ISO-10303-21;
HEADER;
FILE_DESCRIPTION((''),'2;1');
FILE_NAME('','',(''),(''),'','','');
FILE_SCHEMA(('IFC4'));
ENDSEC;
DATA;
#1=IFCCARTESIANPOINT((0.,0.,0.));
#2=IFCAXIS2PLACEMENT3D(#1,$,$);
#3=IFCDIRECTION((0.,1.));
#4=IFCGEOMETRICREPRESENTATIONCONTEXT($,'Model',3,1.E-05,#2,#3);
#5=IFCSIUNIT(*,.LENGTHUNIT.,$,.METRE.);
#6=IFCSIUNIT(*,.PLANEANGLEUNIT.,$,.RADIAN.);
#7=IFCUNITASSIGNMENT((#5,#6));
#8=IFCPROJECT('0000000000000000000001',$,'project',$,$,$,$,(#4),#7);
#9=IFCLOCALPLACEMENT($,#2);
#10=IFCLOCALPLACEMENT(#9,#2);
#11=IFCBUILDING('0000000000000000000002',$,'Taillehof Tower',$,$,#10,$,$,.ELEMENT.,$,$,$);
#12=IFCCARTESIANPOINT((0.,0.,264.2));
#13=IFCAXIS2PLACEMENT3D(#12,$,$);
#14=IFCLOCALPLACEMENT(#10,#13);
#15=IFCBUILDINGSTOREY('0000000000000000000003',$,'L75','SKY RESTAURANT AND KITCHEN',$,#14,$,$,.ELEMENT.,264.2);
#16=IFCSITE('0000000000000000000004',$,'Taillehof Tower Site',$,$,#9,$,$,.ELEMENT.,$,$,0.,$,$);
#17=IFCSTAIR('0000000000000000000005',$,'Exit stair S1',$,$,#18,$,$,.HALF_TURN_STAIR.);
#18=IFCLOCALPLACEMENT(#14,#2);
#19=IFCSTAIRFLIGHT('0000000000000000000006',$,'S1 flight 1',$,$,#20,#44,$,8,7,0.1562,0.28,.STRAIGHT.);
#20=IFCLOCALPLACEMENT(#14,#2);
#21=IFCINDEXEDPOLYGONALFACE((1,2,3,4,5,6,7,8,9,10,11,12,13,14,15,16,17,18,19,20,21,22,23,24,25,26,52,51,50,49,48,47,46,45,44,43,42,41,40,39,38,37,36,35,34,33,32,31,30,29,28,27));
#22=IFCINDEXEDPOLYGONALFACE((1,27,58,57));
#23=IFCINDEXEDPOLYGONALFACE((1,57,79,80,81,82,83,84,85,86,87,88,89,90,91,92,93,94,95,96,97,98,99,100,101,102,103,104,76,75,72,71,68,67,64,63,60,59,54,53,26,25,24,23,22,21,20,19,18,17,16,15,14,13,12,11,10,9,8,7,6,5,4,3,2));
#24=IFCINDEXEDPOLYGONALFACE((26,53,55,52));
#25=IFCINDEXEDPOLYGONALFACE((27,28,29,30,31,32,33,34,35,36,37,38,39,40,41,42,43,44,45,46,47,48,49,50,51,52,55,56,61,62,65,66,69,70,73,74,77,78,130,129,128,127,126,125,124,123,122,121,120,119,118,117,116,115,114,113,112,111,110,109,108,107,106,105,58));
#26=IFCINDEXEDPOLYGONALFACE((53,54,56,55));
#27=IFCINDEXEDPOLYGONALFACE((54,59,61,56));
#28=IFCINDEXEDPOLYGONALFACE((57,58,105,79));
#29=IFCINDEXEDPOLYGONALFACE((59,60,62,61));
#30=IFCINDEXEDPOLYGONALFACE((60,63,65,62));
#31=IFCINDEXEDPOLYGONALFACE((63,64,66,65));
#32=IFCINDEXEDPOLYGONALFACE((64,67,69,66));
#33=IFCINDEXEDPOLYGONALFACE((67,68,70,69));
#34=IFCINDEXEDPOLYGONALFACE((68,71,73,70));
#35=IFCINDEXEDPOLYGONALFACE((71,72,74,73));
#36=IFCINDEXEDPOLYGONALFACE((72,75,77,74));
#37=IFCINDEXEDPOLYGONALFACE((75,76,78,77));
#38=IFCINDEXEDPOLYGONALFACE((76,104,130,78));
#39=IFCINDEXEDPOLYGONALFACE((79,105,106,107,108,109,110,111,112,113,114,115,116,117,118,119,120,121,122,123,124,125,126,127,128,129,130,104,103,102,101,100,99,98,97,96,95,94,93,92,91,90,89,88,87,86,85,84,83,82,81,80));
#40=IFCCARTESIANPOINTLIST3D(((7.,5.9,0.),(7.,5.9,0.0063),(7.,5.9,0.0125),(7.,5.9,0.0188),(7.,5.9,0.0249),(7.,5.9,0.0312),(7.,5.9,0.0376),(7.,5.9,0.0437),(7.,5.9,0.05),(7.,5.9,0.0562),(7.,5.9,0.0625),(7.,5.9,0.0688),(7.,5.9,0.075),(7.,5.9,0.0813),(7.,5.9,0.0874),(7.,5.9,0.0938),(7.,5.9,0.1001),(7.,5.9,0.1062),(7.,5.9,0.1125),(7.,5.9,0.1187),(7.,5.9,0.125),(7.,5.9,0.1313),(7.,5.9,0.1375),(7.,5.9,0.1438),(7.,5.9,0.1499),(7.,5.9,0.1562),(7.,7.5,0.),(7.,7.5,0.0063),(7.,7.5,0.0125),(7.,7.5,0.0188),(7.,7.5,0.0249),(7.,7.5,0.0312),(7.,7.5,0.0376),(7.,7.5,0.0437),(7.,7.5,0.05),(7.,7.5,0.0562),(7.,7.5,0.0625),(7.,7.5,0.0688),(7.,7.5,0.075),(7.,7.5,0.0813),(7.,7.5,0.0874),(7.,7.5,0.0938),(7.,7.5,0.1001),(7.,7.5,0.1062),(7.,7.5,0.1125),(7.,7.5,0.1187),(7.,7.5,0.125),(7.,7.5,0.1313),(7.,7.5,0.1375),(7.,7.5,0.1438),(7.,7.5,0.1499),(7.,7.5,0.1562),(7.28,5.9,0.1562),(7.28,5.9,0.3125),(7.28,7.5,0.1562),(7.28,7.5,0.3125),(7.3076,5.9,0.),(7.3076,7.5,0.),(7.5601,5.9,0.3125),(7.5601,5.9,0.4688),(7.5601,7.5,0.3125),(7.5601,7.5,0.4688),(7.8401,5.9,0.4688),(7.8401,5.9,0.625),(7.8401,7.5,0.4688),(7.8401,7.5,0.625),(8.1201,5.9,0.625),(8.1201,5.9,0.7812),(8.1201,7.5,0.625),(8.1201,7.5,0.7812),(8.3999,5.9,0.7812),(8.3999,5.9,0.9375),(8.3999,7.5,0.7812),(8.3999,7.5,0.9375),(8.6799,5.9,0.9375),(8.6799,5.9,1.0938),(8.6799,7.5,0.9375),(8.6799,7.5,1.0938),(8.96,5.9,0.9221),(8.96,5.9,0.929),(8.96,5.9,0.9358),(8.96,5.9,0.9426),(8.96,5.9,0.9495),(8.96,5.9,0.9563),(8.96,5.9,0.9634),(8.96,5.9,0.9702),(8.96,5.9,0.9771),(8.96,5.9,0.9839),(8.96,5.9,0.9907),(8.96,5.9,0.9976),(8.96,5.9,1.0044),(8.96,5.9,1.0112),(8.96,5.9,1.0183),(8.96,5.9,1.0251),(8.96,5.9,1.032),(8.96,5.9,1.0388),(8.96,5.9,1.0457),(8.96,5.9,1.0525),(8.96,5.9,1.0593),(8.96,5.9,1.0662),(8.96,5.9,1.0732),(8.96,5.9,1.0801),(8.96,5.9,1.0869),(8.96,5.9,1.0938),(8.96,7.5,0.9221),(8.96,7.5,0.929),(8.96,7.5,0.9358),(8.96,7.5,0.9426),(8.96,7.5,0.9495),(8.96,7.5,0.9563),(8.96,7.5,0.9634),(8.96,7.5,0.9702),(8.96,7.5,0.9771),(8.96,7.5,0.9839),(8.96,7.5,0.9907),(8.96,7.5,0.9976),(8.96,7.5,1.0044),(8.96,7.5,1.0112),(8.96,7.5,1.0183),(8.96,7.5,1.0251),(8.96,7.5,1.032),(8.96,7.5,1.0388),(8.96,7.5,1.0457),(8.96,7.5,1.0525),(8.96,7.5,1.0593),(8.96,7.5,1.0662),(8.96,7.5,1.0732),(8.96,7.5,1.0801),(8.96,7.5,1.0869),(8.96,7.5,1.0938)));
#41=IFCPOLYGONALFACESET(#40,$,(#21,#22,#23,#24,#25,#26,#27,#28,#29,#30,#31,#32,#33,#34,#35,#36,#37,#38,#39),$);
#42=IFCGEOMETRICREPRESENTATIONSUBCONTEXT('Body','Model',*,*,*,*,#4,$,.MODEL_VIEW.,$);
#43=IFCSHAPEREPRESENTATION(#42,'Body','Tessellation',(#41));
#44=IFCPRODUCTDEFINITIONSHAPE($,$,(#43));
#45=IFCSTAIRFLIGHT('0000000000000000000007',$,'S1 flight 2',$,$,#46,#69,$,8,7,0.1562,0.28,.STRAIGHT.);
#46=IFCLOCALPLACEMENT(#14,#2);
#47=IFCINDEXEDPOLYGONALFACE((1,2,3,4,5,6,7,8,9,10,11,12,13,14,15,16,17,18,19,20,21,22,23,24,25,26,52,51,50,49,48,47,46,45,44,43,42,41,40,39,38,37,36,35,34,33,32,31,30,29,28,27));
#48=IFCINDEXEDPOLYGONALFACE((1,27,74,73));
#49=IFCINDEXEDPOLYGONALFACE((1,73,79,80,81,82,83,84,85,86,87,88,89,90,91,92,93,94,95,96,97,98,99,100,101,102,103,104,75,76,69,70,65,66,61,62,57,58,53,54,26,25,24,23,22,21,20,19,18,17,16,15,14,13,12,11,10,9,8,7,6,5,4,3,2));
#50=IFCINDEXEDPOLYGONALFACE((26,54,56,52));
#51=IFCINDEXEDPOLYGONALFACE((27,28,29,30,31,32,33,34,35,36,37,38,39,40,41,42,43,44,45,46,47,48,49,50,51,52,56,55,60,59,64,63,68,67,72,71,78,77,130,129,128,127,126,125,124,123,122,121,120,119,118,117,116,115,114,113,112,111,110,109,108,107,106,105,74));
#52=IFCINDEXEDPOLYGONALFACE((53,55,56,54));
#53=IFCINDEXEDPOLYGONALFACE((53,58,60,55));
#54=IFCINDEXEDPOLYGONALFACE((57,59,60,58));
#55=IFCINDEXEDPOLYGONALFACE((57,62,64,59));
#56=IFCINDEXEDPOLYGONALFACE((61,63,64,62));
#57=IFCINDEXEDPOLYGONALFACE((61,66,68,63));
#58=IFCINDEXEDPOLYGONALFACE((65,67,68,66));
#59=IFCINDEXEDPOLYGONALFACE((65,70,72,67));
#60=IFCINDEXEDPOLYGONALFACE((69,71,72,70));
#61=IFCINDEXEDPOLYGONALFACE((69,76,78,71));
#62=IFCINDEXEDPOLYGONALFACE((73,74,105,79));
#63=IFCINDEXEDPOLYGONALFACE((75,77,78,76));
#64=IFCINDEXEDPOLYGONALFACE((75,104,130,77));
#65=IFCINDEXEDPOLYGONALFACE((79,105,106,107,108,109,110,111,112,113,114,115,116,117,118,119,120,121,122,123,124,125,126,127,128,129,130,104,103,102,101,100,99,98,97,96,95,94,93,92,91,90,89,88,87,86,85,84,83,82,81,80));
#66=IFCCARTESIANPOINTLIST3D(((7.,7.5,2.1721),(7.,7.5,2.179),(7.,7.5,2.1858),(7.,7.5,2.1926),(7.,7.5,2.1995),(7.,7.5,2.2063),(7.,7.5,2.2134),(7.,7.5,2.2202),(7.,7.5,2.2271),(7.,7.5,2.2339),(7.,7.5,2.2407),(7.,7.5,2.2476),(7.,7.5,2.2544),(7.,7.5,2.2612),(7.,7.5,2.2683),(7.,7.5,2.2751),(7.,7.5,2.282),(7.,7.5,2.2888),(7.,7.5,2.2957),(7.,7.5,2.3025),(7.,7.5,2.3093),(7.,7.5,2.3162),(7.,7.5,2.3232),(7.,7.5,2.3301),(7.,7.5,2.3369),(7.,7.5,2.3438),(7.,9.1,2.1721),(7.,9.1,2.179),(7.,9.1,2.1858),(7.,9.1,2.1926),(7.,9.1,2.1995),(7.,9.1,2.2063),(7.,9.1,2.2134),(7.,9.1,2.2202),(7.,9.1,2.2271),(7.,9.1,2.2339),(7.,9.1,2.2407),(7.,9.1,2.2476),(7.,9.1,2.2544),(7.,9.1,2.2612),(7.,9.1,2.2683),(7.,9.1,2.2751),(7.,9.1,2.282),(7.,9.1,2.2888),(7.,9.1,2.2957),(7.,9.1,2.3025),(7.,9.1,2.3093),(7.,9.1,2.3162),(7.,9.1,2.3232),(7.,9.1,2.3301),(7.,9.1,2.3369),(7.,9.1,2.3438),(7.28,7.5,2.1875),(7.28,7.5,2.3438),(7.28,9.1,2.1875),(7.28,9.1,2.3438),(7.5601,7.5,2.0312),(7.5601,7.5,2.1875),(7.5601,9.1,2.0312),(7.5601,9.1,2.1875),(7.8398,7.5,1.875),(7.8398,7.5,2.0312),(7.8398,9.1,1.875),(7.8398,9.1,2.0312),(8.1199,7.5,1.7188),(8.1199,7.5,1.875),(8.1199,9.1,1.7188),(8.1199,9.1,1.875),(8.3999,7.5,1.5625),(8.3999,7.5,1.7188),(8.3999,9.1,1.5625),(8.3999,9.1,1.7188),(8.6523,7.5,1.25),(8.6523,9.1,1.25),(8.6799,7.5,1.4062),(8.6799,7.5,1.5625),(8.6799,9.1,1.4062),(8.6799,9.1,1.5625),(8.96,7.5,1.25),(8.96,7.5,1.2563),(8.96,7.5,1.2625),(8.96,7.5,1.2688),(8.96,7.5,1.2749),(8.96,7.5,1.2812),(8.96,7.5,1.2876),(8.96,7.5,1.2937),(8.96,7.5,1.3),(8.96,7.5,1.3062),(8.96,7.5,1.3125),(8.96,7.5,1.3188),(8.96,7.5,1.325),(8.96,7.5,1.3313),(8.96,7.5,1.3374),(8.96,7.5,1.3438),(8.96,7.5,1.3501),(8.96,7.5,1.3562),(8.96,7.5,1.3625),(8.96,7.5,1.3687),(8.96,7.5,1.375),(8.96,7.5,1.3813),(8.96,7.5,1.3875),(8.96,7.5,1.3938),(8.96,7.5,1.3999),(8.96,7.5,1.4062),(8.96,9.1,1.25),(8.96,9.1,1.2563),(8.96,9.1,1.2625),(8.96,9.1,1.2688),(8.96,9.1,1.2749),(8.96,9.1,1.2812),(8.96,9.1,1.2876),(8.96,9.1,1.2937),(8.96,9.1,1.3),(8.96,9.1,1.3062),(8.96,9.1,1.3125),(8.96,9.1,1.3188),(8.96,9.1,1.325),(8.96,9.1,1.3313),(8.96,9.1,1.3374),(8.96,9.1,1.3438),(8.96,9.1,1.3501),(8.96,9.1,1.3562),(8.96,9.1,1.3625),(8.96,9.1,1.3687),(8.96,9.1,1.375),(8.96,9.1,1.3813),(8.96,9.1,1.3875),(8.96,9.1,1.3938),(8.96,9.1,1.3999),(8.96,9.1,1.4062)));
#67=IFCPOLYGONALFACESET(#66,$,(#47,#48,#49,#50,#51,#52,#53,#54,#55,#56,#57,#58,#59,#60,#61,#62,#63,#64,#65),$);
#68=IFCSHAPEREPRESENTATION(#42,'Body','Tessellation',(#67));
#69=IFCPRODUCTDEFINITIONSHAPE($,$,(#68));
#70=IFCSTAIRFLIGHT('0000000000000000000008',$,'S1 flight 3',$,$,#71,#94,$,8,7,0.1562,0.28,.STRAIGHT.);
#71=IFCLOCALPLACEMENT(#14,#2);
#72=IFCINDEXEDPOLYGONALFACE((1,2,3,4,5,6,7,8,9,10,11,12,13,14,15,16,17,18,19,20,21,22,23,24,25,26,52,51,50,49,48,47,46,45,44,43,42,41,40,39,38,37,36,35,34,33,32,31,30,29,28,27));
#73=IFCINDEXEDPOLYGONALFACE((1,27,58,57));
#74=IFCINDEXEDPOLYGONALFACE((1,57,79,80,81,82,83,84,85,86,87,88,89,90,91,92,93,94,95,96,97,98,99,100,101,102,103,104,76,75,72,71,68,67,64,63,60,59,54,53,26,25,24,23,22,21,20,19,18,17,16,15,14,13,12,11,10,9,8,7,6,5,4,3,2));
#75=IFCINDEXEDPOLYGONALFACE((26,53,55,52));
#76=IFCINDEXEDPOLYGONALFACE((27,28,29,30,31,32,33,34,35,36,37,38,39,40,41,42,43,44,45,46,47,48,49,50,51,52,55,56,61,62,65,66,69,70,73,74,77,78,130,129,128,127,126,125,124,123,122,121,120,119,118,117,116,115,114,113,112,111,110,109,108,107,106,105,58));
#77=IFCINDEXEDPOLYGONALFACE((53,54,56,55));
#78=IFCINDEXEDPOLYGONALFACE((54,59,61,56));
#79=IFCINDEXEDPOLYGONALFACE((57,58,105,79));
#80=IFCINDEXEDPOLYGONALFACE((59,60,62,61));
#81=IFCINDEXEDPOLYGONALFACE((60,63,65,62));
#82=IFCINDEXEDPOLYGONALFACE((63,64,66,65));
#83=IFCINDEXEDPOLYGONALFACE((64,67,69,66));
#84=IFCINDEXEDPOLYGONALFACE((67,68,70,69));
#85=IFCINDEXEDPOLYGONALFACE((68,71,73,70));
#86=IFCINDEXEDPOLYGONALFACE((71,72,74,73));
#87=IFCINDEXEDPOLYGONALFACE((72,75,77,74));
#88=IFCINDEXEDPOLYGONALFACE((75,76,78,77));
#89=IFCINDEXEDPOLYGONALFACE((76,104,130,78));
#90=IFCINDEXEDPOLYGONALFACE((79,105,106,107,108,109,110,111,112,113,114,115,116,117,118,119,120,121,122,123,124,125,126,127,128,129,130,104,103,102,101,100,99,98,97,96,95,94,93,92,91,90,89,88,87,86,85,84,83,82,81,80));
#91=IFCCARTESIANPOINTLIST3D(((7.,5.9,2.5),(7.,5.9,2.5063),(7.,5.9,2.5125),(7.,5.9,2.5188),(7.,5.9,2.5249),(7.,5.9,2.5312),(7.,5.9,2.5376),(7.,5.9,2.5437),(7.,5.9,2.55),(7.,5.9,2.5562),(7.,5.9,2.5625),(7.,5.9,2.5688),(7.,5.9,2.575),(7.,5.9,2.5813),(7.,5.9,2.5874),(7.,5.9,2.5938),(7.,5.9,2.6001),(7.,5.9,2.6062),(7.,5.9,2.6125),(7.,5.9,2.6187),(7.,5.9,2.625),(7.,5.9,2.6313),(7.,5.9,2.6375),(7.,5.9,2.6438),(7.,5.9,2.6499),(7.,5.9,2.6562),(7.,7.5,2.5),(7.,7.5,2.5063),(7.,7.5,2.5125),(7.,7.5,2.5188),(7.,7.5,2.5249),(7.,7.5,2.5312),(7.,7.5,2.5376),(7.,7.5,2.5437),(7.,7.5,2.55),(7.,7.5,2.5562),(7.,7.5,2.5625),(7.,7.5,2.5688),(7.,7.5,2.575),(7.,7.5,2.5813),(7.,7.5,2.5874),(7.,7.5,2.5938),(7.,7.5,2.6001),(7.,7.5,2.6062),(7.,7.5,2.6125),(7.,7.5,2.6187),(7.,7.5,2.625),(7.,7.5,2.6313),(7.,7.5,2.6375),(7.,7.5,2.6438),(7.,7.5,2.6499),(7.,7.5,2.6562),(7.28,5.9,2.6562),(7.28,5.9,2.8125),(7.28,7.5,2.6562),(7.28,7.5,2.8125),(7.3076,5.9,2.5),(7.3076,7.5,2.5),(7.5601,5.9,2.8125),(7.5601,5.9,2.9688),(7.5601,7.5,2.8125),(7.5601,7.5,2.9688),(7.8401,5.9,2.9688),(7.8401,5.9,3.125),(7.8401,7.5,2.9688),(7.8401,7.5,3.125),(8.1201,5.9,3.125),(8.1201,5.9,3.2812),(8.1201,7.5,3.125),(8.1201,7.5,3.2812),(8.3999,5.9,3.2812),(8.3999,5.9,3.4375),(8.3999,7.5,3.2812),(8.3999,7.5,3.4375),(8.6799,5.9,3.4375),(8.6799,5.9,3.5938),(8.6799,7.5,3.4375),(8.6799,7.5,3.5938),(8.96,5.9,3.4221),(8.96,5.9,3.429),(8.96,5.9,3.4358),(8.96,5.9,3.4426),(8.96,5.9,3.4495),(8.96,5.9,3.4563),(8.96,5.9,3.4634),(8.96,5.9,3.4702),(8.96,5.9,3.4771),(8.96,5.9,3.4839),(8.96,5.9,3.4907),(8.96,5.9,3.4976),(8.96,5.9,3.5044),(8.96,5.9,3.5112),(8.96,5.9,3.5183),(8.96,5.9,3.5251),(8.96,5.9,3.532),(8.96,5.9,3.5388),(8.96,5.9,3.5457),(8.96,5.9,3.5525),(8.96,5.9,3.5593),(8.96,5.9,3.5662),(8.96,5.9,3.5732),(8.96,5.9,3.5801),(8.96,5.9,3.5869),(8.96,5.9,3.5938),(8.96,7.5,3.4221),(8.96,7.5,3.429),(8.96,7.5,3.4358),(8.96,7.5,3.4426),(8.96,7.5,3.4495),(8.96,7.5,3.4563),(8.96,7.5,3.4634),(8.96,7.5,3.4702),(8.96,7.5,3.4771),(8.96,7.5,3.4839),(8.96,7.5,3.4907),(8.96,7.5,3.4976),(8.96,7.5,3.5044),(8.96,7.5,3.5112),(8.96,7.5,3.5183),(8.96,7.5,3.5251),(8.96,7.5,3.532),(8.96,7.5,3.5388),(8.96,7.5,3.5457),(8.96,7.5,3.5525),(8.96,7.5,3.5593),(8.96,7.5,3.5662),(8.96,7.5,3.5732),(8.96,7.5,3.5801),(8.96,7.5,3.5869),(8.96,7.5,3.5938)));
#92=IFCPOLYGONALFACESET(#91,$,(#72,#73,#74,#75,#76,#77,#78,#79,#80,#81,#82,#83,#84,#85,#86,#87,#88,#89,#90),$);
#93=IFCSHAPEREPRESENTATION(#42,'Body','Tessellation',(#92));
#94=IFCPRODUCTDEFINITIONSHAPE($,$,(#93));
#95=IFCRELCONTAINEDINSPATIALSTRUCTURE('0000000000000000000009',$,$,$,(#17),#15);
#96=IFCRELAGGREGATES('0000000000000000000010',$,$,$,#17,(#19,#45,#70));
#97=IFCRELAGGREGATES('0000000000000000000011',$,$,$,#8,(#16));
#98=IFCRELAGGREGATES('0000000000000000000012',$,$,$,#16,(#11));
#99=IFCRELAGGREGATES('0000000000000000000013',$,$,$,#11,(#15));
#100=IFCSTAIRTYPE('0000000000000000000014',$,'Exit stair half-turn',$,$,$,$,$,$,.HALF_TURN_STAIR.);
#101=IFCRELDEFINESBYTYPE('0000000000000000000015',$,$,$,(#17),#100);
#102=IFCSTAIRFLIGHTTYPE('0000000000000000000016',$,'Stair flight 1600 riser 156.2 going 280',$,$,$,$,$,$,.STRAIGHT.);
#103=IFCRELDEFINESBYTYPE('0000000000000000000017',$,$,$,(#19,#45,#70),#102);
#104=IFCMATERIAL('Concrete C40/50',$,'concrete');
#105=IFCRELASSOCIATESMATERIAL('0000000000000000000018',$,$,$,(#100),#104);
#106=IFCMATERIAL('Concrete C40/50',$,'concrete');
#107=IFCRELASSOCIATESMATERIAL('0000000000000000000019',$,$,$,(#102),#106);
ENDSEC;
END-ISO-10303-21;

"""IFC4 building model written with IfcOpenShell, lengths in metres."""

from ifc_helpers import new_model, si_unit, direction, frame, origin, place, context, subcontext, project, spatial, polyline, outline, extrude, material, type_object, element, aggregate, save


model = new_model("IFC4")

# Units and contexts
model_context = context("Model", 3, precision=1e-05, world=origin(), true_north=direction((0.0, 1.0)))
body_context = subcontext(model_context, "Body", "Model", "MODEL_VIEW")
ifc_project = project(units=[si_unit("LENGTHUNIT", "METRE"), si_unit("PLANEANGLEUNIT", "RADIAN")], contexts=[model_context])

# Site, building, storey
site_placement = place(None, origin())
site = spatial("IfcSite", under=ifc_project, at=site_placement, Name="Taillehof Tower Site", CompositionType="ELEMENT", RefElevation=0.0)
building_placement = place(site_placement, origin())
building = spatial("IfcBuilding", under=site, at=building_placement, Name="Taillehof Tower", CompositionType="ELEMENT")
storey_placement = place(building_placement, frame((0.0, 0.0, 264.2)))
storey = spatial("IfcBuildingStorey", under=building, at=storey_placement, Name="L75", Description="SKY RESTAURANT AND KITCHEN", CompositionType="ELEMENT", Elevation=264.2)

# Stair, stair flights
ifc_material_1 = material(Name="Concrete C40/50", Category="concrete")
stair_type = type_object("IfcStairType", Name="Exit stair half-turn", PredefinedType="HALF_TURN_STAIR", material=ifc_material_1)
stair_placement = place(storey_placement, origin())
stair = element("IfcStair", 1, at=stair_placement, inside=storey, type_object=stair_type, Name="Exit stair S1", PredefinedType="HALF_TURN_STAIR")
ifc_material_2 = material(Name="Concrete C40/50", Category="concrete")
stair_flight_type = type_object("IfcStairFlightType", Name="Stair flight 1600 riser 156.2 going 280", PredefinedType="STRAIGHT", material=ifc_material_2)
stair_flight_1_placement = place(storey_placement, frame((7.0, 6.7, 0.0), z_axis=(0.0, 0.0, 1.0), x_axis=(1.0, 0.0, 0.0)))
stair_flight_1 = element("IfcStairFlight", 2, at=stair_flight_1_placement, type_object=stair_flight_type, Name="S1 flight 1", NumberOfRisers=8, NumberOfTreads=7, PredefinedType="STRAIGHT", RiserHeight=0.1562, TreadLength=0.28, context=body_context, shape_type="SweptSolid", body=[
    extrude(outline(polyline([(0.0, 0.0), (0.0, 0.0063), (0.0, 0.0125), (0.0, 0.0188), (0.0, 0.0249), (0.0, 0.0312), (0.0, 0.0376), (0.0, 0.0437), (0.0, 0.05), (0.0, 0.0562), (0.0, 0.0625), (0.0, 0.0688), (0.0, 0.075), (0.0, 0.0813), (0.0, 0.0874), (0.0, 0.0938), (0.0, 0.1001), (0.0, 0.1062), (0.0, 0.1125), (0.0, 0.1187), (0.0, 0.125), (0.0, 0.1313), (0.0, 0.1375), (0.0, 0.1438), (0.0, 0.1499), (0.0, 0.1562), (0.28, 0.1562), (0.28, 0.3125), (0.5601, 0.3125), (0.5601, 0.4688), (0.8401, 0.4688), (0.8401, 0.625), (1.1201, 0.625), (1.1201, 0.7812), (1.3999, 0.7812), (1.3999, 0.9375), (1.6799, 0.9375), (1.6799, 1.0938), (1.96, 1.0938), (1.96, 1.0869), (1.96, 1.0801), (1.96, 1.0732), (1.96, 1.0662), (1.96, 1.0593), (1.96, 1.0525), (1.96, 1.0457), (1.96, 1.0388), (1.96, 1.032), (1.96, 1.0251), (1.96, 1.0183), (1.96, 1.0112), (1.96, 1.0044), (1.96, 0.9976), (1.96, 0.9907), (1.96, 0.9839), (1.96, 0.9771), (1.96, 0.9702), (1.96, 0.9634), (1.96, 0.9563), (1.96, 0.9495), (1.96, 0.9426), (1.96, 0.9358), (1.96, 0.929), (1.96, 0.9221), (0.3076, 0.0), (0.0, 0.0)])), frame((0.0, 0.8, 0.0), z_axis=(0.0, -1.0, 0.0), x_axis=(1.0, 0.0, 0.0)), (0.0, 0.0, 1.0), 1.6),
])
stair_flight_2_placement = place(storey_placement, frame((8.96, 8.3, 1.25), z_axis=(0.0, 0.0, 1.0), x_axis=(-1.0, 0.0, 0.0)))
stair_flight_2 = element("IfcStairFlight", 3, at=stair_flight_2_placement, type_object=stair_flight_type, Name="S1 flight 2", NumberOfRisers=8, NumberOfTreads=7, PredefinedType="STRAIGHT", RiserHeight=0.1562, TreadLength=0.28, context=body_context, shape_type="SweptSolid", body=[
    extrude(outline(polyline([(0.0, 0.0), (0.0, 0.0063), (0.0, 0.0125), (0.0, 0.0188), (0.0, 0.0249), (0.0, 0.0312), (0.0, 0.0376), (0.0, 0.0437), (0.0, 0.05), (0.0, 0.0562), (0.0, 0.0625), (0.0, 0.0688), (0.0, 0.075), (0.0, 0.0813), (0.0, 0.0874), (0.0, 0.0938), (0.0, 0.1001), (0.0, 0.1062), (0.0, 0.1125), (0.0, 0.1187), (0.0, 0.125), (0.0, 0.1313), (0.0, 0.1375), (0.0, 0.1438), (0.0, 0.1499), (0.0, 0.1562), (0.28, 0.1562), (0.28, 0.3125), (0.5601, 0.3125), (0.5601, 0.4688), (0.8401, 0.4688), (0.8401, 0.625), (1.1201, 0.625), (1.1201, 0.7812), (1.3999, 0.7812), (1.3999, 0.9375), (1.6799, 0.9375), (1.6799, 1.0938), (1.96, 1.0938), (1.96, 1.0869), (1.96, 1.0801), (1.96, 1.0732), (1.96, 1.0662), (1.96, 1.0593), (1.96, 1.0525), (1.96, 1.0457), (1.96, 1.0388), (1.96, 1.032), (1.96, 1.0251), (1.96, 1.0183), (1.96, 1.0112), (1.96, 1.0044), (1.96, 0.9976), (1.96, 0.9907), (1.96, 0.9839), (1.96, 0.9771), (1.96, 0.9702), (1.96, 0.9634), (1.96, 0.9563), (1.96, 0.9495), (1.96, 0.9426), (1.96, 0.9358), (1.96, 0.929), (1.96, 0.9221), (0.3076, 0.0), (0.0, 0.0)])), frame((0.0, 0.8, 0.0), z_axis=(0.0, -1.0, 0.0), x_axis=(1.0, 0.0, 0.0)), (0.0, 0.0, 1.0), 1.6),
])
stair_flight_3_placement = place(storey_placement, frame((7.0, 6.7, 2.5), z_axis=(0.0, 0.0, 1.0), x_axis=(1.0, 0.0, 0.0)))
stair_flight_3 = element("IfcStairFlight", 4, at=stair_flight_3_placement, type_object=stair_flight_type, Name="S1 flight 3", NumberOfRisers=8, NumberOfTreads=7, PredefinedType="STRAIGHT", RiserHeight=0.1562, TreadLength=0.28, context=body_context, shape_type="SweptSolid", body=[
    extrude(outline(polyline([(0.0, 0.0), (0.0, 0.0063), (0.0, 0.0125), (0.0, 0.0188), (0.0, 0.0249), (0.0, 0.0312), (0.0, 0.0376), (0.0, 0.0437), (0.0, 0.05), (0.0, 0.0562), (0.0, 0.0625), (0.0, 0.0688), (0.0, 0.075), (0.0, 0.0813), (0.0, 0.0874), (0.0, 0.0938), (0.0, 0.1001), (0.0, 0.1062), (0.0, 0.1125), (0.0, 0.1187), (0.0, 0.125), (0.0, 0.1313), (0.0, 0.1375), (0.0, 0.1438), (0.0, 0.1499), (0.0, 0.1562), (0.28, 0.1562), (0.28, 0.3125), (0.5601, 0.3125), (0.5601, 0.4688), (0.8401, 0.4688), (0.8401, 0.625), (1.1201, 0.625), (1.1201, 0.7812), (1.3999, 0.7812), (1.3999, 0.9375), (1.6799, 0.9375), (1.6799, 1.0938), (1.96, 1.0938), (1.96, 1.0869), (1.96, 1.0801), (1.96, 1.0732), (1.96, 1.0662), (1.96, 1.0593), (1.96, 1.0525), (1.96, 1.0457), (1.96, 1.0388), (1.96, 1.032), (1.96, 1.0251), (1.96, 1.0183), (1.96, 1.0112), (1.96, 1.0044), (1.96, 0.9976), (1.96, 0.9907), (1.96, 0.9839), (1.96, 0.9771), (1.96, 0.9702), (1.96, 0.9634), (1.96, 0.9563), (1.96, 0.9495), (1.96, 0.9426), (1.96, 0.9358), (1.96, 0.929), (1.96, 0.9221), (0.3076, 0.0), (0.0, 0.0)])), frame((0.0, 0.8, 0.0), z_axis=(0.0, -1.0, 0.0), x_axis=(1.0, 0.0, 0.0)), (0.0, 0.0, 1.0), 1.6),
])
aggregate(stair, [stair_flight_1, stair_flight_2, stair_flight_3])

save(model, "model.ifc")
